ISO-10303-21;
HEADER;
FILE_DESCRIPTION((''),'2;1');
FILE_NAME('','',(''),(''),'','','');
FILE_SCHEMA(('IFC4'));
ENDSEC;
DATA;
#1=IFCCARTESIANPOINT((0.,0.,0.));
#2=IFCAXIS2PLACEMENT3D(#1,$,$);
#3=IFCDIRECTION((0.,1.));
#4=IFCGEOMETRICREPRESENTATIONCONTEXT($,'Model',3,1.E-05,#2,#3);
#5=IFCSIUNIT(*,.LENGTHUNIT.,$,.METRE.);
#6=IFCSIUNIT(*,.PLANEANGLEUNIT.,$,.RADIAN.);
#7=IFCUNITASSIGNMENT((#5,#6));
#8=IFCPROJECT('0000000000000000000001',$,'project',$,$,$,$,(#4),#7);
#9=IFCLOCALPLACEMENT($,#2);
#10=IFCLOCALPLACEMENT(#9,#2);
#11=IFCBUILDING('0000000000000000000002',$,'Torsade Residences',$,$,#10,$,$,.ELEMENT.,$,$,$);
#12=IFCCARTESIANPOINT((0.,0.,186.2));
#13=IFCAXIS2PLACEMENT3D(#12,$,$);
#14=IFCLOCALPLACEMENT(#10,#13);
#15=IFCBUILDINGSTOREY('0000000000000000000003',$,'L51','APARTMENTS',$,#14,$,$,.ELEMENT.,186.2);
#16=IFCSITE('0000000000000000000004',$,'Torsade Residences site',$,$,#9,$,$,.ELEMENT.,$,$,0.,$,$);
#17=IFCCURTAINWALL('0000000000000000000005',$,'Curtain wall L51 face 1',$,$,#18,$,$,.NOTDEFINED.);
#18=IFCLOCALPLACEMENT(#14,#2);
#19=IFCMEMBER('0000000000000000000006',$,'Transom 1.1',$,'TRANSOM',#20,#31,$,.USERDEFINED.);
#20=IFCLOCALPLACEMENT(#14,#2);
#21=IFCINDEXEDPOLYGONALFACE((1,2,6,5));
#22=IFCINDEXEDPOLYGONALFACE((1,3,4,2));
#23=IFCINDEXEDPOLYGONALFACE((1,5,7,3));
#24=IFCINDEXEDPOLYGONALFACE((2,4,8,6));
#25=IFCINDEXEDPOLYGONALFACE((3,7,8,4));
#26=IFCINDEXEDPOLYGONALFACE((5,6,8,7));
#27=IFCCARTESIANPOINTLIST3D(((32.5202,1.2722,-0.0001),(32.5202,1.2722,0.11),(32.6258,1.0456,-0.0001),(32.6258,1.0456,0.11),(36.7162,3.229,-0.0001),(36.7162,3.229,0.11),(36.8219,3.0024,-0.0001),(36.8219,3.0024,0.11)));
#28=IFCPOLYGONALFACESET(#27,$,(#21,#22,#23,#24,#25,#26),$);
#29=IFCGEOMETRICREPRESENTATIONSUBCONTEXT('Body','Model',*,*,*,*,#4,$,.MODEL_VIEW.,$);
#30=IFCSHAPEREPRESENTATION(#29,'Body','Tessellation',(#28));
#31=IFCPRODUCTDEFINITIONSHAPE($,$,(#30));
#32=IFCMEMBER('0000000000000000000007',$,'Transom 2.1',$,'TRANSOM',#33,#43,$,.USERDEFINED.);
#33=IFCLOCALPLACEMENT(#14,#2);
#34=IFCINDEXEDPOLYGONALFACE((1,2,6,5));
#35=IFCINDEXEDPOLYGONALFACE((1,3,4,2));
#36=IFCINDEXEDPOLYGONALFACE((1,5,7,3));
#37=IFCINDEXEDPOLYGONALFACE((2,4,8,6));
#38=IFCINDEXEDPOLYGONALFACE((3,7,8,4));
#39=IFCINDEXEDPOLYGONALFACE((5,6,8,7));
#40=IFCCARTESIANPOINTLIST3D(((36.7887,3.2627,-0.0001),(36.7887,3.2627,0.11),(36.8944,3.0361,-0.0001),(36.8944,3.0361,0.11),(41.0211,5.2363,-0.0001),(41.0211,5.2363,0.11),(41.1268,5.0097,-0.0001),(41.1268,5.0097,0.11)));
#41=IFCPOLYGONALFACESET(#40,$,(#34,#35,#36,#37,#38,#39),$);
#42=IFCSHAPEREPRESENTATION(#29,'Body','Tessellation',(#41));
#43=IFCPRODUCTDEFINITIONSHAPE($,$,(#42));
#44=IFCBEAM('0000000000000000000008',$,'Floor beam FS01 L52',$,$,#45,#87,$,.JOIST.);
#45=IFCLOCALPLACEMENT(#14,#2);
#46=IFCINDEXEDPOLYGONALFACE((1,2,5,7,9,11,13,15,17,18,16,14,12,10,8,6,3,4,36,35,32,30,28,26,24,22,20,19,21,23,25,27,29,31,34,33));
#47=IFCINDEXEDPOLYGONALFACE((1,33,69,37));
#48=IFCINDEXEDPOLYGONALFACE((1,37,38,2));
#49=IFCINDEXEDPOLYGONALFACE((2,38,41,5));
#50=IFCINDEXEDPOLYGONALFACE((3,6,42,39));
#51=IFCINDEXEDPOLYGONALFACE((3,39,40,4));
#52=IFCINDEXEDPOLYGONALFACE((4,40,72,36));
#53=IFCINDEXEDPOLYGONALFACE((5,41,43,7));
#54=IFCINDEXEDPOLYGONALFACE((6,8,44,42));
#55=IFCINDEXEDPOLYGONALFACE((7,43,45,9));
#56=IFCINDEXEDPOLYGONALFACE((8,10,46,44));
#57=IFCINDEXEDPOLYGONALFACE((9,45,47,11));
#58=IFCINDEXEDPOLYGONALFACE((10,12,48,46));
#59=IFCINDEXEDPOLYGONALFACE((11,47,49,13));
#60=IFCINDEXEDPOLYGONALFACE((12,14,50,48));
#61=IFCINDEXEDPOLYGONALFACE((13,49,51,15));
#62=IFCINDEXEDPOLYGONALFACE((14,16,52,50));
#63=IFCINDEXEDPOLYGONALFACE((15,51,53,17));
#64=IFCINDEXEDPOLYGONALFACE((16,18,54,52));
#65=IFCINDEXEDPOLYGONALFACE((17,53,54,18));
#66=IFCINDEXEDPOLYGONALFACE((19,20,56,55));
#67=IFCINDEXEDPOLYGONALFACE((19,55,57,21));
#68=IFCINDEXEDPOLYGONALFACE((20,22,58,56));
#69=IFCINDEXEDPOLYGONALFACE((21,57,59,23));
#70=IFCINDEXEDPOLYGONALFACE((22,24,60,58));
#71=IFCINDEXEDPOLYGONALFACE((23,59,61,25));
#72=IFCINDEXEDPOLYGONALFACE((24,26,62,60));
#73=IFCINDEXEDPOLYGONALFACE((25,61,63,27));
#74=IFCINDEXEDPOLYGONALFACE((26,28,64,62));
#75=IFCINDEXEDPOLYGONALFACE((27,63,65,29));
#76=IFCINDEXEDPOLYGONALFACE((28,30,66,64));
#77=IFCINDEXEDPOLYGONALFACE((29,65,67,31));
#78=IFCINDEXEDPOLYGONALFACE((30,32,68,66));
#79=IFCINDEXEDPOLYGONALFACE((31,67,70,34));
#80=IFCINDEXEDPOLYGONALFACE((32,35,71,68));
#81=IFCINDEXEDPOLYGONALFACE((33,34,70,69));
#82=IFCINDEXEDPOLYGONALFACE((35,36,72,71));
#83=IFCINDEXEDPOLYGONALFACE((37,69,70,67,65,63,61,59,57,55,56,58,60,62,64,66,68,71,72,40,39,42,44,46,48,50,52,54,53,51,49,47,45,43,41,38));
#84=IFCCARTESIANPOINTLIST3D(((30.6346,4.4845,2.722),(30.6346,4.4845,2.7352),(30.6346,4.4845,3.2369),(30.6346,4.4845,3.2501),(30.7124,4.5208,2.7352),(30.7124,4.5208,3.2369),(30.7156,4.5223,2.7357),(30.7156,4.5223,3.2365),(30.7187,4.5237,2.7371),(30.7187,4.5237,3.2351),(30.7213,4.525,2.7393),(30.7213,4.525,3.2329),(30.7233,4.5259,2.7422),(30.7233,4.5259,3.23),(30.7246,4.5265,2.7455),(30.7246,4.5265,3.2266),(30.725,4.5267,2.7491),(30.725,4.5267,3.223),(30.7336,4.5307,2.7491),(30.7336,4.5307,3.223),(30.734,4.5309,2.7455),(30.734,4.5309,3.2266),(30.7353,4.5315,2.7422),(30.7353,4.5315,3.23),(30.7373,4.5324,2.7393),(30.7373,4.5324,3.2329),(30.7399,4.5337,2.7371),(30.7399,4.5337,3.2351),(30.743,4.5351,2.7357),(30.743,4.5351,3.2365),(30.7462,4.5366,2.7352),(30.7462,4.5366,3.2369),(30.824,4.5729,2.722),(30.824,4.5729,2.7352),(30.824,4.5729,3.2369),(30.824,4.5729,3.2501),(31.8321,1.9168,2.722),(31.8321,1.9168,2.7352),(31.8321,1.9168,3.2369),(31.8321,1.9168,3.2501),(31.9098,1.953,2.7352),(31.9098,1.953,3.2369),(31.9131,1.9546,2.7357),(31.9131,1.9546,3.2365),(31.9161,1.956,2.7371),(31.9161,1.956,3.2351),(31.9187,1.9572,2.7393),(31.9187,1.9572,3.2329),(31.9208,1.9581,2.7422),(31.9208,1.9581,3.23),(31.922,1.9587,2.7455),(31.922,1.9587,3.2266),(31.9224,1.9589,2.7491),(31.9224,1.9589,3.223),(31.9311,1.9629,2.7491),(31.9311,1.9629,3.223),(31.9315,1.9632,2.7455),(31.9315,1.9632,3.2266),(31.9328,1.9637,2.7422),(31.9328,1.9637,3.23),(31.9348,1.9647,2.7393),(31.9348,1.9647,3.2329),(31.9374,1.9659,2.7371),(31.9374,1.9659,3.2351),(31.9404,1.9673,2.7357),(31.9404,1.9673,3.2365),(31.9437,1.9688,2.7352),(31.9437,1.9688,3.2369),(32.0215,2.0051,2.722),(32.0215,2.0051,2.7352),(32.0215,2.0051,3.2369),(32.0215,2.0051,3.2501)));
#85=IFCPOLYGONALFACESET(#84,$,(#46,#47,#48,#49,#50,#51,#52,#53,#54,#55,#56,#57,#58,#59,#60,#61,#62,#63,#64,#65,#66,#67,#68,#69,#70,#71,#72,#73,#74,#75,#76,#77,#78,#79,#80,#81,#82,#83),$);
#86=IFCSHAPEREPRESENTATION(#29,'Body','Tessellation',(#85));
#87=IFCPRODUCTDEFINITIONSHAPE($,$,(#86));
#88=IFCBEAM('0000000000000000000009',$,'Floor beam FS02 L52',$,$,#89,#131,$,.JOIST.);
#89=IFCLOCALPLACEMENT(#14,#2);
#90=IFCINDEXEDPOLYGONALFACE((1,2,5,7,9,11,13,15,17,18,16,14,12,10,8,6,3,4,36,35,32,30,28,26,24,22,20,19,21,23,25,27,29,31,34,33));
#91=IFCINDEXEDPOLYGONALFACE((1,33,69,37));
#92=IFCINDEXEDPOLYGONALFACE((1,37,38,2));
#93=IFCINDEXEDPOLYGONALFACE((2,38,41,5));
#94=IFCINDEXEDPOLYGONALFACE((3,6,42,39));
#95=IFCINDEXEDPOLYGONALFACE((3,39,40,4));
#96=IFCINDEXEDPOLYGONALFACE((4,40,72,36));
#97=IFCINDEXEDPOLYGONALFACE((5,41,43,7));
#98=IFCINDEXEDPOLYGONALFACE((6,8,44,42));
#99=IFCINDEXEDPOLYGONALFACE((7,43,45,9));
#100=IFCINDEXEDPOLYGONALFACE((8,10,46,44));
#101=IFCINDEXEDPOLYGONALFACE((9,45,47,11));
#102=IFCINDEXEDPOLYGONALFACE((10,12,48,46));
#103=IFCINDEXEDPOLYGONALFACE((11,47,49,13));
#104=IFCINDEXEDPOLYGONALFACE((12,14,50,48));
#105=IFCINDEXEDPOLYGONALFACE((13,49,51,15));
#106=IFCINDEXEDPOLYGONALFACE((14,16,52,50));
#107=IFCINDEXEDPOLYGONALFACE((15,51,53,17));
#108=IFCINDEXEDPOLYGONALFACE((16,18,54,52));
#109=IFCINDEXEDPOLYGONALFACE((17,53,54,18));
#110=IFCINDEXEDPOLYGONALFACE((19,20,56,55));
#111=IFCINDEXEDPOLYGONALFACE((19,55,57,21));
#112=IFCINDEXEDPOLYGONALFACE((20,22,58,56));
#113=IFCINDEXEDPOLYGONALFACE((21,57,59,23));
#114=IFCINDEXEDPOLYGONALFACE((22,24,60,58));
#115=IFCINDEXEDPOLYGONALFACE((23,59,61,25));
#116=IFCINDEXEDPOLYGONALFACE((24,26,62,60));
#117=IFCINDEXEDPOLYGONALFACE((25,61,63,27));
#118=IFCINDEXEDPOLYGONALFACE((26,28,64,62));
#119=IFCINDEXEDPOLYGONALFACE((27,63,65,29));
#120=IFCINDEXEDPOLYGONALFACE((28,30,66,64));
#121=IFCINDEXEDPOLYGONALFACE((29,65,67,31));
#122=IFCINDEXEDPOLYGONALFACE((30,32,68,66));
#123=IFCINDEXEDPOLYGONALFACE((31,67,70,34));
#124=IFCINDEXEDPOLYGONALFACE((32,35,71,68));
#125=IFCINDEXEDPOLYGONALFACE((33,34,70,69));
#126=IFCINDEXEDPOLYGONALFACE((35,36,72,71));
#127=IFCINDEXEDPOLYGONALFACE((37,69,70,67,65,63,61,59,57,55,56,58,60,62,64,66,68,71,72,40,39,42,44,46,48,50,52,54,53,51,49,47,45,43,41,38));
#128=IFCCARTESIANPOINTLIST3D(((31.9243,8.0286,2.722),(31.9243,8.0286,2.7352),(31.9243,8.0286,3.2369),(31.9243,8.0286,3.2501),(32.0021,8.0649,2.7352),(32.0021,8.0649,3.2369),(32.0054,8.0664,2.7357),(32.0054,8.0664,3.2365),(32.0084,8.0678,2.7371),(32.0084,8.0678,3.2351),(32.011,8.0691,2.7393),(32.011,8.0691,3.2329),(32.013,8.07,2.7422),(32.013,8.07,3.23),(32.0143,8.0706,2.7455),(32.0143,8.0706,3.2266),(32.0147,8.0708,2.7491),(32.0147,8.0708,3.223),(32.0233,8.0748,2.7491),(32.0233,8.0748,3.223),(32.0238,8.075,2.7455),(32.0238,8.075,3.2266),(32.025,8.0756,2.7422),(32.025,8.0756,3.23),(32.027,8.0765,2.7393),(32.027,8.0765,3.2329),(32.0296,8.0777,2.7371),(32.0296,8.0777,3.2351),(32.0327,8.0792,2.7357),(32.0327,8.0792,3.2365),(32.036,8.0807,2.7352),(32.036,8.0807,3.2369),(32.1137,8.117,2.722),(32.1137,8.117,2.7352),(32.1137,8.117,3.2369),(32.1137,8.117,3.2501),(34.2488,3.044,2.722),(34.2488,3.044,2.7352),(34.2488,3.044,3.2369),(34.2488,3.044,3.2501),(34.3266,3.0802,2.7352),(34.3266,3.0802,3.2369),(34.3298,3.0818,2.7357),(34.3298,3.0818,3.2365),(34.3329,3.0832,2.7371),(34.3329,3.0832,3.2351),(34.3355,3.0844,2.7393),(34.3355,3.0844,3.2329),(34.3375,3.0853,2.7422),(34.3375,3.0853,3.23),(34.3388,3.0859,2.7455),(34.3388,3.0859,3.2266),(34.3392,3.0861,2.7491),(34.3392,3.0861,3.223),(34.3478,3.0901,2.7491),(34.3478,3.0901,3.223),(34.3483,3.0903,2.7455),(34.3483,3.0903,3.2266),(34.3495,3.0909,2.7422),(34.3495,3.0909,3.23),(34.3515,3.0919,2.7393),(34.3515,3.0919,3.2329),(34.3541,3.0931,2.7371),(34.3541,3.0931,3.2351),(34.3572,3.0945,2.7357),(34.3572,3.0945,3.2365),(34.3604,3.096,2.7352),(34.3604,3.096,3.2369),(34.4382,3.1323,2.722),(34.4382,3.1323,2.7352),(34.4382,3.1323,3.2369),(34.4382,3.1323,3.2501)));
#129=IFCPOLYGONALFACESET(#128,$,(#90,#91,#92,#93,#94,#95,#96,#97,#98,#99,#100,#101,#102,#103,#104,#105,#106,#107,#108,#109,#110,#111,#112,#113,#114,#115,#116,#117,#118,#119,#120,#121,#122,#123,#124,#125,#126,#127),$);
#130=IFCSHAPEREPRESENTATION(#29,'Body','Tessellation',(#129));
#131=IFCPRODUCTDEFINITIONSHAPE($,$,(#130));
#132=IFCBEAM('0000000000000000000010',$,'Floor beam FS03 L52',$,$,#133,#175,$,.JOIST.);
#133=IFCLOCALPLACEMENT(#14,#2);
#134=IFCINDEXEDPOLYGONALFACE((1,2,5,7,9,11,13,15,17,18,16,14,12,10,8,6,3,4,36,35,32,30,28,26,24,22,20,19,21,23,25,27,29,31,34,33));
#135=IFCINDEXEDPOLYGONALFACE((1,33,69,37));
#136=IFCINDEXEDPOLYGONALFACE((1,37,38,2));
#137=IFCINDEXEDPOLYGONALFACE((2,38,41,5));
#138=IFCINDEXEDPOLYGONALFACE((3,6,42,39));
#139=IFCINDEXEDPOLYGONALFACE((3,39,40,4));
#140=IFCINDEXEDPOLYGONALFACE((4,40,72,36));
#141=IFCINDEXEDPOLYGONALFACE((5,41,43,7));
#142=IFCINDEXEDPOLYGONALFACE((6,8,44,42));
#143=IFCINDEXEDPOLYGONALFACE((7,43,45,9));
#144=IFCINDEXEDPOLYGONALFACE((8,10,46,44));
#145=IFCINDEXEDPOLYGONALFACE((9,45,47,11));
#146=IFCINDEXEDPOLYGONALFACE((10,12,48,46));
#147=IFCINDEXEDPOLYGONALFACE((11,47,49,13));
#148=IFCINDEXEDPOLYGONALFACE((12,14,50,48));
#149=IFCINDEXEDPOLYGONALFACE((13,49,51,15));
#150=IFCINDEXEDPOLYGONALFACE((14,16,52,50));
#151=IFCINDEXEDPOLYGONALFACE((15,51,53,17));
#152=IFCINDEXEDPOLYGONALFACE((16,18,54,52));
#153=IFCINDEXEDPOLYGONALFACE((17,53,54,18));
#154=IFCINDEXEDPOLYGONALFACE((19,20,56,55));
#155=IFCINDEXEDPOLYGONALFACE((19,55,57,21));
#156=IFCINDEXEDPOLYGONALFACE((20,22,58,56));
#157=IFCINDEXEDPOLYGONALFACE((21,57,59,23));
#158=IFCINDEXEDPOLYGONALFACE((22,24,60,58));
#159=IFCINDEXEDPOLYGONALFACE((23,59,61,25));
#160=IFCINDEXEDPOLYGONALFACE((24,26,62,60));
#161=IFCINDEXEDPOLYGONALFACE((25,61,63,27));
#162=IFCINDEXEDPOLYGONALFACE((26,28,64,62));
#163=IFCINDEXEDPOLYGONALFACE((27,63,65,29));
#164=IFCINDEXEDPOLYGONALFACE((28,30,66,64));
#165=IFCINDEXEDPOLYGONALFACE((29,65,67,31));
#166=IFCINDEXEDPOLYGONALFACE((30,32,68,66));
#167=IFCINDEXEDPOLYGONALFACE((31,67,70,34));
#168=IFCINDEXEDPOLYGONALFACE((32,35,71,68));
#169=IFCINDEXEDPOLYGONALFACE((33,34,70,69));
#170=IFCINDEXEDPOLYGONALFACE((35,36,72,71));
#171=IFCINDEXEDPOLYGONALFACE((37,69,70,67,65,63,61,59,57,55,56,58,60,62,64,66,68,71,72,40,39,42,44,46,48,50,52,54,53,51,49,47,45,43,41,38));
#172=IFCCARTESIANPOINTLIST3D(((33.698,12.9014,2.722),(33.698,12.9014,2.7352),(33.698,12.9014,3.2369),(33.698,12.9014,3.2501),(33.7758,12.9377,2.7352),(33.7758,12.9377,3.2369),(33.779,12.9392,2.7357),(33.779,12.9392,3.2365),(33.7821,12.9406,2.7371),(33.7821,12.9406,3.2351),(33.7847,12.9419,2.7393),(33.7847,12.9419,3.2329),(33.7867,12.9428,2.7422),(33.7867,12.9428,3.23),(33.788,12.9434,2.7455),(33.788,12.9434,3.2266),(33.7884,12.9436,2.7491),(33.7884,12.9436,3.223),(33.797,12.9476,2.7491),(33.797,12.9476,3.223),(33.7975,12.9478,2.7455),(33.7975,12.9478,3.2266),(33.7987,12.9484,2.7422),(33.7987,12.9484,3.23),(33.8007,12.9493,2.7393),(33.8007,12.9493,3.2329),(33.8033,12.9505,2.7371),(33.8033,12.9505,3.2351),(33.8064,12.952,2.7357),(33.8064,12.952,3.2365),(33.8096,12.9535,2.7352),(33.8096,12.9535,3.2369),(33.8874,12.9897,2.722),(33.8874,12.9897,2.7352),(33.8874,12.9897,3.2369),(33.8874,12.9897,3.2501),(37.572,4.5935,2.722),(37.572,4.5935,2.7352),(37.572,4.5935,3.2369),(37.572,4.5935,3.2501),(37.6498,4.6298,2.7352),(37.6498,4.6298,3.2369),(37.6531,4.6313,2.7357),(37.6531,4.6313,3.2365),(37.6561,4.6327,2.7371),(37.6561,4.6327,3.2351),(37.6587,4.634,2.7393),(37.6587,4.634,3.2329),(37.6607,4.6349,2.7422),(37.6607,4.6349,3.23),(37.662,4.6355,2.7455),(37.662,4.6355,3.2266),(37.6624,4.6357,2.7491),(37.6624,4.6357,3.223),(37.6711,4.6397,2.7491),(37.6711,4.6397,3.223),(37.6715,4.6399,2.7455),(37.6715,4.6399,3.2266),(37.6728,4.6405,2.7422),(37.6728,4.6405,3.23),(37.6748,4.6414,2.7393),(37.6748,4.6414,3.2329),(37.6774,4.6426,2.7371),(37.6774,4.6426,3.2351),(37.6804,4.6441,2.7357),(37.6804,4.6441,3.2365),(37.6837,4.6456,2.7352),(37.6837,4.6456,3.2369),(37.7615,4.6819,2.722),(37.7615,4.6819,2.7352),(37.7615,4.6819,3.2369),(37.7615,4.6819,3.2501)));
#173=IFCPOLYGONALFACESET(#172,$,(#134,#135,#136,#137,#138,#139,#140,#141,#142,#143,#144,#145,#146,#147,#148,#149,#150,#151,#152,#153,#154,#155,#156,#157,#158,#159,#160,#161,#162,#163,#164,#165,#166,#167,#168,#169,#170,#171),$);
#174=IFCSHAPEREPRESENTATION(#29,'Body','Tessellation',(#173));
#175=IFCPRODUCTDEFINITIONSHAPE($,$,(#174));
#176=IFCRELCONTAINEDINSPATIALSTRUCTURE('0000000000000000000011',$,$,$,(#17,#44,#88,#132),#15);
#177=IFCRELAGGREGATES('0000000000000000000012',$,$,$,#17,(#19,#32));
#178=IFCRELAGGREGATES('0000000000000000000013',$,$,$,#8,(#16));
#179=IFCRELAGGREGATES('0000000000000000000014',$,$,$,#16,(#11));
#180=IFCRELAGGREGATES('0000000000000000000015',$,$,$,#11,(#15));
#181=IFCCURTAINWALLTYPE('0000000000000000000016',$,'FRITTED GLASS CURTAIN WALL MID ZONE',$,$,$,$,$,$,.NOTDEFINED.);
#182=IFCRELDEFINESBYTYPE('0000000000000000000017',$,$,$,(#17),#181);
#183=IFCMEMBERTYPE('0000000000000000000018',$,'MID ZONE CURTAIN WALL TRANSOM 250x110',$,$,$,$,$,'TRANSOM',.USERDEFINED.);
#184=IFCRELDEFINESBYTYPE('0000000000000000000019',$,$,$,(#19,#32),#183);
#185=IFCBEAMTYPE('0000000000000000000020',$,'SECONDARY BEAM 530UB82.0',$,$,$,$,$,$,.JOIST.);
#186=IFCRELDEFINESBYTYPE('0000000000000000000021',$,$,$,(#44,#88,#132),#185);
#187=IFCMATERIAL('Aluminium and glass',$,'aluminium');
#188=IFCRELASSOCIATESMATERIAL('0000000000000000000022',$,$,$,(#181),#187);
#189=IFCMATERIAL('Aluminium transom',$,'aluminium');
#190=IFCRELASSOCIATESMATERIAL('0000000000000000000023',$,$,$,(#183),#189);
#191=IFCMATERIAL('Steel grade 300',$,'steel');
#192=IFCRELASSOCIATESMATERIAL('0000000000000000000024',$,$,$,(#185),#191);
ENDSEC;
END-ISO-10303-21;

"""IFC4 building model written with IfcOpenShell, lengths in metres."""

from ifc_helpers import new_model, si_unit, direction, frame, origin, origin_2d, place, context, subcontext, project, spatial, rectangle, i_section, extrude, material, material_profile, profile_set, type_object, element, aggregate, save


model = new_model("IFC4")

# Units and contexts
model_context = context("Model", 3, precision=1e-05, world=origin(), true_north=direction((0.0, 1.0)))
body_context = subcontext(model_context, "Body", "Model", "MODEL_VIEW")
ifc_project = project(units=[si_unit("LENGTHUNIT", "METRE"), si_unit("PLANEANGLEUNIT", "RADIAN")], contexts=[model_context])

# Site, building, storey
site_placement = place(None, origin())
site = spatial("IfcSite", under=ifc_project, at=site_placement, Name="Torsade Residences site", CompositionType="ELEMENT", RefElevation=0.0)
building_placement = place(site_placement, origin())
building = spatial("IfcBuilding", under=site, at=building_placement, Name="Torsade Residences", CompositionType="ELEMENT")
storey_placement = place(building_placement, frame((0.0, 0.0, 186.2)))
storey = spatial("IfcBuildingStorey", under=building, at=storey_placement, Name="L51", Description="APARTMENTS", CompositionType="ELEMENT", Elevation=186.2)

# Curtain wall
ifc_material_1 = material(Name="Aluminium and glass", Category="aluminium")
curtain_wall_type = type_object("IfcCurtainWallType", Name="FRITTED GLASS CURTAIN WALL MID ZONE", PredefinedType="NOTDEFINED", material=ifc_material_1)
curtain_wall_1_placement = place(storey_placement, origin())
curtain_wall_1 = element("IfcCurtainWall", 1, at=curtain_wall_1_placement, inside=storey, type_object=curtain_wall_type, Name="Curtain wall L51 face 1", PredefinedType="NOTDEFINED")

# Members
ifc_material_2 = material(Name="Aluminium transom", Category="aluminium")
ifc_material_profile_1 = material_profile(ifc_material_2, rectangle(XDim=0.25, YDim=0.1101, at=origin_2d()), Name="MID ZONE CURTAIN WALL TRANSOM 250x110")
ifc_profile_set_1 = profile_set([ifc_material_profile_1], Name="Aluminium transom")
member_type_1 = type_object("IfcMemberType", Name="MID ZONE CURTAIN WALL TRANSOM 250x110", ElementType="TRANSOM", PredefinedType="USERDEFINED", material=ifc_profile_set_1)
member_1_placement = place(storey_placement, frame((32.573, 1.1589, 0.0549), z_axis=(0.906296, 0.422643, 0.0), x_axis=(-0.422643, 0.906296, 0.0)))
member_1 = element("IfcMember", 2, at=member_1_placement, type_object=member_type_1, Name="Transom 1.1", ObjectType="TRANSOM", PredefinedType="USERDEFINED", context=body_context, shape_type="SweptSolid", body=[
    extrude(rectangle(XDim=0.25, YDim=0.1101, at=origin_2d()), origin(), (0.0, 0.0, 1.0), 4.6299),
])
member_2_placement = place(storey_placement, frame((36.8416, 3.1494, 0.0549), z_axis=(0.906306, 0.422622, 0.0), x_axis=(-0.422622, 0.906306, 0.0)))
member_2 = element("IfcMember", 3, at=member_2_placement, type_object=member_type_1, Name="Transom 2.1", ObjectType="TRANSOM", PredefinedType="USERDEFINED", context=body_context, shape_type="SweptSolid", body=[
    extrude(rectangle(XDim=0.25, YDim=0.1101, at=origin_2d()), origin(), (0.0, 0.0, 1.0), 4.6699),
])

# Beams
ifc_material_3 = material(Name="Steel grade 300", Category="steel")
ifc_material_profile_2 = material_profile(ifc_material_3, i_section(OverallWidth=0.209, OverallDepth=0.5281, WebThickness=0.0095, FlangeThickness=0.0132, FilletRadius=0.0139, at=origin_2d()), Name="530UB82.0")
ifc_profile_set_2 = profile_set([ifc_material_profile_2], Name="Steel grade 300")
beam_type_1 = type_object("IfcBeamType", Name="SECONDARY BEAM 530UB82.0", PredefinedType="JOIST", material=ifc_profile_set_2)
beam_1_placement = place(storey_placement, frame((31.9268, 1.9609, 2.9861), z_axis=(-0.422645, 0.906295, 0.0), x_axis=(-0.906295, -0.422645, 0.0)))
element("IfcBeam", 4, at=beam_1_placement, inside=storey, type_object=beam_type_1, Name="Floor beam FS01 L52", PredefinedType="JOIST", context=body_context, shape_type="SweptSolid", body=[
    extrude(i_section(OverallWidth=0.209, OverallDepth=0.5281, WebThickness=0.0095, FlangeThickness=0.0132, FilletRadius=0.0139, at=origin_2d()), origin(), (0.0, 0.0, 1.0), 2.8333),
])
beam_2_placement = place(storey_placement, frame((34.3435, 3.0881, 2.9861), z_axis=(-0.422633, 0.906301, 0.0), x_axis=(-0.906301, -0.422633, 0.0)))
element("IfcBeam", 5, at=beam_2_placement, inside=storey, type_object=beam_type_1, Name="Floor beam FS02 L52", PredefinedType="JOIST", context=body_context, shape_type="SweptSolid", body=[
    extrude(i_section(OverallWidth=0.209, OverallDepth=0.5281, WebThickness=0.0095, FlangeThickness=0.0132, FilletRadius=0.0139, at=origin_2d()), origin(), (0.0, 0.0, 1.0), 5.5),
])
beam_3_placement = place(storey_placement, frame((37.6667, 4.6377, 2.9861), z_axis=(-0.422619, 0.906308, 0.0), x_axis=(-0.906308, -0.422619, 0.0)))
element("IfcBeam", 6, at=beam_3_placement, inside=storey, type_object=beam_type_1, Name="Floor beam FS03 L52", PredefinedType="JOIST", context=body_context, shape_type="SweptSolid", body=[
    extrude(i_section(OverallWidth=0.209, OverallDepth=0.5281, WebThickness=0.0095, FlangeThickness=0.0132, FilletRadius=0.0139, at=origin_2d()), origin(), (0.0, 0.0, 1.0), 9.1667),
])

aggregate(curtain_wall_1, [member_1, member_2])

save(model, "model.ifc")
